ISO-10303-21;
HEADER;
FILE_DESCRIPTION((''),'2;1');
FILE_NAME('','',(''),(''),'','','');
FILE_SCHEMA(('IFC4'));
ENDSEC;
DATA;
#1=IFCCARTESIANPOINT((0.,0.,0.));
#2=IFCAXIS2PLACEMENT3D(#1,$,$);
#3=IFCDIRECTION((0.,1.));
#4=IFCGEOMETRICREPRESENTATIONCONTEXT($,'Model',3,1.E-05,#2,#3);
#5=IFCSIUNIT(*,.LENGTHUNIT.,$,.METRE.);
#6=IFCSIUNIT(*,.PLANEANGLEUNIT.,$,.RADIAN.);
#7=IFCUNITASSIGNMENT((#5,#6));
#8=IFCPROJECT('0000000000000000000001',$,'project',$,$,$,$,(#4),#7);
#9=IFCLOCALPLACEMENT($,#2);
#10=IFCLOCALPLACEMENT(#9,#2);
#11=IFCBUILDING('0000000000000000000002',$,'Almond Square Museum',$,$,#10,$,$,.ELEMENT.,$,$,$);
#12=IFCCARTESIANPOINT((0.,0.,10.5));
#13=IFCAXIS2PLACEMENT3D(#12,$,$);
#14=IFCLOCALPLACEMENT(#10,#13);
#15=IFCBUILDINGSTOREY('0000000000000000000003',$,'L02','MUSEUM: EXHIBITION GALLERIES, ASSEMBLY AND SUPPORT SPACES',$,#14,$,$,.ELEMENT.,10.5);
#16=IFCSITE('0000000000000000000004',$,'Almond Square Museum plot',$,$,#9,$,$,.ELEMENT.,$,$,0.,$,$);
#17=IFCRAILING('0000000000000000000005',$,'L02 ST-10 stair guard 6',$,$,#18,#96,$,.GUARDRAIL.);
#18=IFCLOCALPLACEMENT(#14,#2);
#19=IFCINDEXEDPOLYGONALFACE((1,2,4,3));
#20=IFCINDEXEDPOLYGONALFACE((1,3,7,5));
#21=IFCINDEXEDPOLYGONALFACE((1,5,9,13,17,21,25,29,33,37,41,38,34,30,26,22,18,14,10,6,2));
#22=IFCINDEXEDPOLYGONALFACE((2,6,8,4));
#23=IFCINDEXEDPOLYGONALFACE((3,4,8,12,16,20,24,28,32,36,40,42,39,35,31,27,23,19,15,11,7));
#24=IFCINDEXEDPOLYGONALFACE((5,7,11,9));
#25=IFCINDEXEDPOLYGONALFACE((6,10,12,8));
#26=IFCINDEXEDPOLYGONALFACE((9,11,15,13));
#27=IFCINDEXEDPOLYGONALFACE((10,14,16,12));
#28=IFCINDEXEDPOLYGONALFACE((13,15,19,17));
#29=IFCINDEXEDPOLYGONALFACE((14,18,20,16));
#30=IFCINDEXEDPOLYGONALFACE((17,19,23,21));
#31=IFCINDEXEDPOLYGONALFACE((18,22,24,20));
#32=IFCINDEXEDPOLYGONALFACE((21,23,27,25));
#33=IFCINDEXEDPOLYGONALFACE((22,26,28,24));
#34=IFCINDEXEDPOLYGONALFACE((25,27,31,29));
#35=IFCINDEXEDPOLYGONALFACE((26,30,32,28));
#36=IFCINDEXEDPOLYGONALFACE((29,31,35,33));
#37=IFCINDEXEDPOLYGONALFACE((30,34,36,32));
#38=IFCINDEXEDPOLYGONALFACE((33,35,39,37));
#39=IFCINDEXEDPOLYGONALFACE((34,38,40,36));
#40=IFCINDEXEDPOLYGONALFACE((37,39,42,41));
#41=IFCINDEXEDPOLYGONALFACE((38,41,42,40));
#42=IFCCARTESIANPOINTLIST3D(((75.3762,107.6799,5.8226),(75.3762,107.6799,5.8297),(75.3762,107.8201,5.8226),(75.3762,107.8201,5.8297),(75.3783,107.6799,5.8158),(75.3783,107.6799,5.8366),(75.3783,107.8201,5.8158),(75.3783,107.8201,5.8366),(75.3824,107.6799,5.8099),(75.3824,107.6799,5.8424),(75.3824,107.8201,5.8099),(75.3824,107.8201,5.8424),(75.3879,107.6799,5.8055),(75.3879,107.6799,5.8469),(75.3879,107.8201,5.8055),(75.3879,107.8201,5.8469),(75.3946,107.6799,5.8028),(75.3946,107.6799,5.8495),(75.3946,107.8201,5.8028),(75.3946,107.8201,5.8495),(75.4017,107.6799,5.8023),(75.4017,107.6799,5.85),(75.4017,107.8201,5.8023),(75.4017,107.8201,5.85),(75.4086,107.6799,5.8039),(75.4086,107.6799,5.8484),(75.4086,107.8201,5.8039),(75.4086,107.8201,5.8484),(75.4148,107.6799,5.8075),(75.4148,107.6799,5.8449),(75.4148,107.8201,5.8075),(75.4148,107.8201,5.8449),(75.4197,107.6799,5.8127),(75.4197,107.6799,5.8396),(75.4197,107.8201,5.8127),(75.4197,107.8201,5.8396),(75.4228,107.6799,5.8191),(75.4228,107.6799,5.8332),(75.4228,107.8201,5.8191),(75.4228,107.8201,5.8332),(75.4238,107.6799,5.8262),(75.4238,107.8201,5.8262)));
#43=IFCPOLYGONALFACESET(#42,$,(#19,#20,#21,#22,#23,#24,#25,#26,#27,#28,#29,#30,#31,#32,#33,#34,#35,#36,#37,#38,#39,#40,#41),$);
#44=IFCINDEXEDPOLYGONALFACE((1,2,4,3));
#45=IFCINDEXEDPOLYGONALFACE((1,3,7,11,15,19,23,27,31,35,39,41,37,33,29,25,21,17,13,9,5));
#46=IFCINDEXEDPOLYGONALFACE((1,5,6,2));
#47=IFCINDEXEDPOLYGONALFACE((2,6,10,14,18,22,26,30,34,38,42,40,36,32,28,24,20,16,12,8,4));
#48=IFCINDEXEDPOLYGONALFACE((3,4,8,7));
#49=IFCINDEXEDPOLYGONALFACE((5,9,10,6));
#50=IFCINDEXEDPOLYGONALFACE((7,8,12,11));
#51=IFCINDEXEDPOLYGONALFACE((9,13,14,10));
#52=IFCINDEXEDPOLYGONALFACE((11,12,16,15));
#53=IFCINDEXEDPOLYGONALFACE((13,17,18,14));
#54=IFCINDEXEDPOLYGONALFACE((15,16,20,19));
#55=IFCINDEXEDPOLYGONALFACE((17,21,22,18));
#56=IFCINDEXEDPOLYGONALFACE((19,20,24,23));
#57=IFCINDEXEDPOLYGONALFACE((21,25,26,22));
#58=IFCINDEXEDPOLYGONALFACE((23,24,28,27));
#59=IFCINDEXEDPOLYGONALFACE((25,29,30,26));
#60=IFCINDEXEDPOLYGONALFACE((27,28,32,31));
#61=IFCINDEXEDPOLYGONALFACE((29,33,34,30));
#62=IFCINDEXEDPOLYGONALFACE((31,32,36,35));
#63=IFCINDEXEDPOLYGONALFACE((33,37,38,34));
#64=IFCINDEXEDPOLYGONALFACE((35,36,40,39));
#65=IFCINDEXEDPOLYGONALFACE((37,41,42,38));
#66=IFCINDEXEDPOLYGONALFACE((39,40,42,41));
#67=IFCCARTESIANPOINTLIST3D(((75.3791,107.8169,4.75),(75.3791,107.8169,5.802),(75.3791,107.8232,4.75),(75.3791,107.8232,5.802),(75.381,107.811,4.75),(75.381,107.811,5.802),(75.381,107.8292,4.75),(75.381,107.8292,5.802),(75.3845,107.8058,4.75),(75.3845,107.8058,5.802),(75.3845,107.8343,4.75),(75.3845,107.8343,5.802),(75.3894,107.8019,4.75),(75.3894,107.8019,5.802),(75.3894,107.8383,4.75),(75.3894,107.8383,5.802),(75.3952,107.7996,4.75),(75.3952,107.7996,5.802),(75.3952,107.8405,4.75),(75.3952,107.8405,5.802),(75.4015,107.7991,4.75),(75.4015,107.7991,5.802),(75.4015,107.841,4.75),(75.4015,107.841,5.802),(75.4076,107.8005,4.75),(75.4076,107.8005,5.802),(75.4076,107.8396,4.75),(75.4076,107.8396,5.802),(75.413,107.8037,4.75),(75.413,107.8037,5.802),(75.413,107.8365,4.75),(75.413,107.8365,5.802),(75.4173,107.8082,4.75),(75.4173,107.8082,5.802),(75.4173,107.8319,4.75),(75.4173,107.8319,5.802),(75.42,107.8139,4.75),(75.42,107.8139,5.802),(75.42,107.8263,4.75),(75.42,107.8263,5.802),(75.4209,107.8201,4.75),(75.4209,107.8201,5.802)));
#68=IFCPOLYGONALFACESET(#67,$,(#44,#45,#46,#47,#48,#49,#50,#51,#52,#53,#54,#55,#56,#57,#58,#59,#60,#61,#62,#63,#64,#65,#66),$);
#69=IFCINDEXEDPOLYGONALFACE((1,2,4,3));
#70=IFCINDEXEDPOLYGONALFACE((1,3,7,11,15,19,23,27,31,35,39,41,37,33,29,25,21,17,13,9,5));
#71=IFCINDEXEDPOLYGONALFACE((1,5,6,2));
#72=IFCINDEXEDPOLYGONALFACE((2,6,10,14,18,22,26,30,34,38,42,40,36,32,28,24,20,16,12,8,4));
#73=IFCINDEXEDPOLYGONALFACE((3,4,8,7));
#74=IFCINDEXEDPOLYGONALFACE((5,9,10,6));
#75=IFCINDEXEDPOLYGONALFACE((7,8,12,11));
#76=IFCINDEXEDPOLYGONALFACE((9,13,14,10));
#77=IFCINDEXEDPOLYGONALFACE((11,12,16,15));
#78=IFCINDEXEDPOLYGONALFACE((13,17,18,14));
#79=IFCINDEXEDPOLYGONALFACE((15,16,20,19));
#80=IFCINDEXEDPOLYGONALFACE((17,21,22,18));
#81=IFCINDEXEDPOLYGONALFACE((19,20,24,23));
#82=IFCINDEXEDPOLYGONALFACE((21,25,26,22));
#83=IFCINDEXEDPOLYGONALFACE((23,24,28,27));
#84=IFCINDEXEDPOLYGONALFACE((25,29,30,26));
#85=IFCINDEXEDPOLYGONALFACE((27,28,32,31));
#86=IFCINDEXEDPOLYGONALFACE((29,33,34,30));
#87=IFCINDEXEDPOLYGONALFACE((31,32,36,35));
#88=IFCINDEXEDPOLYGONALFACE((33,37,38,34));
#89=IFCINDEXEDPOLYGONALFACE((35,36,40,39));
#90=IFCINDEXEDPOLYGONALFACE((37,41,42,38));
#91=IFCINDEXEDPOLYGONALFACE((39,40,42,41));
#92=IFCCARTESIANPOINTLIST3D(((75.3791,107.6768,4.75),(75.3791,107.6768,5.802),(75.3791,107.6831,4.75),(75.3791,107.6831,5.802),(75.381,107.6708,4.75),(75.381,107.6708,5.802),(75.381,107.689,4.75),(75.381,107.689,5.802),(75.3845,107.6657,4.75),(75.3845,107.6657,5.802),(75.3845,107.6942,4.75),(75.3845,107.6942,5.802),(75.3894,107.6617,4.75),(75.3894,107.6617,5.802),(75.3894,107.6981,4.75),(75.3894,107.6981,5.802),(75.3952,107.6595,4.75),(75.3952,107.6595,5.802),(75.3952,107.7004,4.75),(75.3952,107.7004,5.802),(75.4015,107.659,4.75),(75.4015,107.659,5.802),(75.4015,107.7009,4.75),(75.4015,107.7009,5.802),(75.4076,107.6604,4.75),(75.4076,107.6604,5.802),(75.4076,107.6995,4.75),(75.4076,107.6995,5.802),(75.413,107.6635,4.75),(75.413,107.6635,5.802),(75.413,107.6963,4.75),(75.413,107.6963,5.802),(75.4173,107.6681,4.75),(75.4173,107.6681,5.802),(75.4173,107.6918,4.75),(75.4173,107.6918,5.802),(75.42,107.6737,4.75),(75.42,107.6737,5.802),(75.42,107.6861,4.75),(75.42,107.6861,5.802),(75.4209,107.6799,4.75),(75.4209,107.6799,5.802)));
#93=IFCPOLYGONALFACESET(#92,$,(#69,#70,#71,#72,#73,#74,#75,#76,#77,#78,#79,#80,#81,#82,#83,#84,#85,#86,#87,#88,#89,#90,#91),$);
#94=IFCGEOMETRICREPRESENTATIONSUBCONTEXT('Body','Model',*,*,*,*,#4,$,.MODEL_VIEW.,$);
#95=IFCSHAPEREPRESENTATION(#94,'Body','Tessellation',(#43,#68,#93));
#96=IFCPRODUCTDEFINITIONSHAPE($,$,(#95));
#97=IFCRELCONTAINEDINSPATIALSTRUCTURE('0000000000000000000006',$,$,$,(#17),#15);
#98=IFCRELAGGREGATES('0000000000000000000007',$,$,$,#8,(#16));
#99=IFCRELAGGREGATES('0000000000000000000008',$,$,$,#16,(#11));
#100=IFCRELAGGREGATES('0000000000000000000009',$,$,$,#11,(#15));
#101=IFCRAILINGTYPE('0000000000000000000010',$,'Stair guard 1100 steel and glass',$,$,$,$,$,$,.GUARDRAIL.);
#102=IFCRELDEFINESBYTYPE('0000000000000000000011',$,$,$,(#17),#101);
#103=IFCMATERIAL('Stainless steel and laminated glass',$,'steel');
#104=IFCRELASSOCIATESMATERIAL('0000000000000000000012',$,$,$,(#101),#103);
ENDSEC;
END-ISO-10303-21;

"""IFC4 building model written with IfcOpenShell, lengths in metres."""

from ifc_helpers import new_model, si_unit, direction, frame, origin, origin_2d, place, context, subcontext, project, spatial, circle, extrude, material, type_object, element, save


model = new_model("IFC4")

# Units and contexts
model_context = context("Model", 3, precision=1e-05, world=origin(), true_north=direction((0.0, 1.0)))
body_context = subcontext(model_context, "Body", "Model", "MODEL_VIEW")
ifc_project = project(units=[si_unit("LENGTHUNIT", "METRE"), si_unit("PLANEANGLEUNIT", "RADIAN")], contexts=[model_context])

# Site, building, storey
site_placement = place(None, origin())
site = spatial("IfcSite", under=ifc_project, at=site_placement, Name="Almond Square Museum plot", CompositionType="ELEMENT", RefElevation=0.0)
building_placement = place(site_placement, origin())
building = spatial("IfcBuilding", under=site, at=building_placement, Name="Almond Square Museum", CompositionType="ELEMENT")
storey_placement = place(building_placement, frame((0.0, 0.0, 10.5)))
storey = spatial("IfcBuildingStorey", under=building, at=storey_placement, Name="L02", Description="MUSEUM: EXHIBITION GALLERIES, ASSEMBLY AND SUPPORT SPACES", CompositionType="ELEMENT", Elevation=10.5)

# Railing
ifc_material_1 = material(Name="Stainless steel and laminated glass", Category="steel")
railing_type_1 = type_object("IfcRailingType", Name="Stair guard 1100 steel and glass", PredefinedType="GUARDRAIL", material=ifc_material_1)
railing_1_placement = place(storey_placement, frame((75.3999, 107.8201, 4.75)))
element("IfcRailing", 1, at=railing_1_placement, inside=storey, type_object=railing_type_1, Name="L02 ST-10 stair guard 6", PredefinedType="GUARDRAIL", context=body_context, shape_type="SweptSolid", body=[
    extrude(circle(Radius=0.0239, at=origin_2d()), frame((0.0, 0.0, 1.0762), z_axis=(0.0, -1.0, 0.0), x_axis=(1.0, 0.0, 0.0)), (0.0, 0.0, 1.0), 0.1401),
    extrude(circle(Radius=0.021, at=origin_2d()), origin(), (0.0, 0.0, 1.0), 1.052),
    extrude(circle(Radius=0.021, at=origin_2d()), frame((0.0, -0.1401, 0.0)), (0.0, 0.0, 1.0), 1.052),
])

save(model, "model.ifc")
